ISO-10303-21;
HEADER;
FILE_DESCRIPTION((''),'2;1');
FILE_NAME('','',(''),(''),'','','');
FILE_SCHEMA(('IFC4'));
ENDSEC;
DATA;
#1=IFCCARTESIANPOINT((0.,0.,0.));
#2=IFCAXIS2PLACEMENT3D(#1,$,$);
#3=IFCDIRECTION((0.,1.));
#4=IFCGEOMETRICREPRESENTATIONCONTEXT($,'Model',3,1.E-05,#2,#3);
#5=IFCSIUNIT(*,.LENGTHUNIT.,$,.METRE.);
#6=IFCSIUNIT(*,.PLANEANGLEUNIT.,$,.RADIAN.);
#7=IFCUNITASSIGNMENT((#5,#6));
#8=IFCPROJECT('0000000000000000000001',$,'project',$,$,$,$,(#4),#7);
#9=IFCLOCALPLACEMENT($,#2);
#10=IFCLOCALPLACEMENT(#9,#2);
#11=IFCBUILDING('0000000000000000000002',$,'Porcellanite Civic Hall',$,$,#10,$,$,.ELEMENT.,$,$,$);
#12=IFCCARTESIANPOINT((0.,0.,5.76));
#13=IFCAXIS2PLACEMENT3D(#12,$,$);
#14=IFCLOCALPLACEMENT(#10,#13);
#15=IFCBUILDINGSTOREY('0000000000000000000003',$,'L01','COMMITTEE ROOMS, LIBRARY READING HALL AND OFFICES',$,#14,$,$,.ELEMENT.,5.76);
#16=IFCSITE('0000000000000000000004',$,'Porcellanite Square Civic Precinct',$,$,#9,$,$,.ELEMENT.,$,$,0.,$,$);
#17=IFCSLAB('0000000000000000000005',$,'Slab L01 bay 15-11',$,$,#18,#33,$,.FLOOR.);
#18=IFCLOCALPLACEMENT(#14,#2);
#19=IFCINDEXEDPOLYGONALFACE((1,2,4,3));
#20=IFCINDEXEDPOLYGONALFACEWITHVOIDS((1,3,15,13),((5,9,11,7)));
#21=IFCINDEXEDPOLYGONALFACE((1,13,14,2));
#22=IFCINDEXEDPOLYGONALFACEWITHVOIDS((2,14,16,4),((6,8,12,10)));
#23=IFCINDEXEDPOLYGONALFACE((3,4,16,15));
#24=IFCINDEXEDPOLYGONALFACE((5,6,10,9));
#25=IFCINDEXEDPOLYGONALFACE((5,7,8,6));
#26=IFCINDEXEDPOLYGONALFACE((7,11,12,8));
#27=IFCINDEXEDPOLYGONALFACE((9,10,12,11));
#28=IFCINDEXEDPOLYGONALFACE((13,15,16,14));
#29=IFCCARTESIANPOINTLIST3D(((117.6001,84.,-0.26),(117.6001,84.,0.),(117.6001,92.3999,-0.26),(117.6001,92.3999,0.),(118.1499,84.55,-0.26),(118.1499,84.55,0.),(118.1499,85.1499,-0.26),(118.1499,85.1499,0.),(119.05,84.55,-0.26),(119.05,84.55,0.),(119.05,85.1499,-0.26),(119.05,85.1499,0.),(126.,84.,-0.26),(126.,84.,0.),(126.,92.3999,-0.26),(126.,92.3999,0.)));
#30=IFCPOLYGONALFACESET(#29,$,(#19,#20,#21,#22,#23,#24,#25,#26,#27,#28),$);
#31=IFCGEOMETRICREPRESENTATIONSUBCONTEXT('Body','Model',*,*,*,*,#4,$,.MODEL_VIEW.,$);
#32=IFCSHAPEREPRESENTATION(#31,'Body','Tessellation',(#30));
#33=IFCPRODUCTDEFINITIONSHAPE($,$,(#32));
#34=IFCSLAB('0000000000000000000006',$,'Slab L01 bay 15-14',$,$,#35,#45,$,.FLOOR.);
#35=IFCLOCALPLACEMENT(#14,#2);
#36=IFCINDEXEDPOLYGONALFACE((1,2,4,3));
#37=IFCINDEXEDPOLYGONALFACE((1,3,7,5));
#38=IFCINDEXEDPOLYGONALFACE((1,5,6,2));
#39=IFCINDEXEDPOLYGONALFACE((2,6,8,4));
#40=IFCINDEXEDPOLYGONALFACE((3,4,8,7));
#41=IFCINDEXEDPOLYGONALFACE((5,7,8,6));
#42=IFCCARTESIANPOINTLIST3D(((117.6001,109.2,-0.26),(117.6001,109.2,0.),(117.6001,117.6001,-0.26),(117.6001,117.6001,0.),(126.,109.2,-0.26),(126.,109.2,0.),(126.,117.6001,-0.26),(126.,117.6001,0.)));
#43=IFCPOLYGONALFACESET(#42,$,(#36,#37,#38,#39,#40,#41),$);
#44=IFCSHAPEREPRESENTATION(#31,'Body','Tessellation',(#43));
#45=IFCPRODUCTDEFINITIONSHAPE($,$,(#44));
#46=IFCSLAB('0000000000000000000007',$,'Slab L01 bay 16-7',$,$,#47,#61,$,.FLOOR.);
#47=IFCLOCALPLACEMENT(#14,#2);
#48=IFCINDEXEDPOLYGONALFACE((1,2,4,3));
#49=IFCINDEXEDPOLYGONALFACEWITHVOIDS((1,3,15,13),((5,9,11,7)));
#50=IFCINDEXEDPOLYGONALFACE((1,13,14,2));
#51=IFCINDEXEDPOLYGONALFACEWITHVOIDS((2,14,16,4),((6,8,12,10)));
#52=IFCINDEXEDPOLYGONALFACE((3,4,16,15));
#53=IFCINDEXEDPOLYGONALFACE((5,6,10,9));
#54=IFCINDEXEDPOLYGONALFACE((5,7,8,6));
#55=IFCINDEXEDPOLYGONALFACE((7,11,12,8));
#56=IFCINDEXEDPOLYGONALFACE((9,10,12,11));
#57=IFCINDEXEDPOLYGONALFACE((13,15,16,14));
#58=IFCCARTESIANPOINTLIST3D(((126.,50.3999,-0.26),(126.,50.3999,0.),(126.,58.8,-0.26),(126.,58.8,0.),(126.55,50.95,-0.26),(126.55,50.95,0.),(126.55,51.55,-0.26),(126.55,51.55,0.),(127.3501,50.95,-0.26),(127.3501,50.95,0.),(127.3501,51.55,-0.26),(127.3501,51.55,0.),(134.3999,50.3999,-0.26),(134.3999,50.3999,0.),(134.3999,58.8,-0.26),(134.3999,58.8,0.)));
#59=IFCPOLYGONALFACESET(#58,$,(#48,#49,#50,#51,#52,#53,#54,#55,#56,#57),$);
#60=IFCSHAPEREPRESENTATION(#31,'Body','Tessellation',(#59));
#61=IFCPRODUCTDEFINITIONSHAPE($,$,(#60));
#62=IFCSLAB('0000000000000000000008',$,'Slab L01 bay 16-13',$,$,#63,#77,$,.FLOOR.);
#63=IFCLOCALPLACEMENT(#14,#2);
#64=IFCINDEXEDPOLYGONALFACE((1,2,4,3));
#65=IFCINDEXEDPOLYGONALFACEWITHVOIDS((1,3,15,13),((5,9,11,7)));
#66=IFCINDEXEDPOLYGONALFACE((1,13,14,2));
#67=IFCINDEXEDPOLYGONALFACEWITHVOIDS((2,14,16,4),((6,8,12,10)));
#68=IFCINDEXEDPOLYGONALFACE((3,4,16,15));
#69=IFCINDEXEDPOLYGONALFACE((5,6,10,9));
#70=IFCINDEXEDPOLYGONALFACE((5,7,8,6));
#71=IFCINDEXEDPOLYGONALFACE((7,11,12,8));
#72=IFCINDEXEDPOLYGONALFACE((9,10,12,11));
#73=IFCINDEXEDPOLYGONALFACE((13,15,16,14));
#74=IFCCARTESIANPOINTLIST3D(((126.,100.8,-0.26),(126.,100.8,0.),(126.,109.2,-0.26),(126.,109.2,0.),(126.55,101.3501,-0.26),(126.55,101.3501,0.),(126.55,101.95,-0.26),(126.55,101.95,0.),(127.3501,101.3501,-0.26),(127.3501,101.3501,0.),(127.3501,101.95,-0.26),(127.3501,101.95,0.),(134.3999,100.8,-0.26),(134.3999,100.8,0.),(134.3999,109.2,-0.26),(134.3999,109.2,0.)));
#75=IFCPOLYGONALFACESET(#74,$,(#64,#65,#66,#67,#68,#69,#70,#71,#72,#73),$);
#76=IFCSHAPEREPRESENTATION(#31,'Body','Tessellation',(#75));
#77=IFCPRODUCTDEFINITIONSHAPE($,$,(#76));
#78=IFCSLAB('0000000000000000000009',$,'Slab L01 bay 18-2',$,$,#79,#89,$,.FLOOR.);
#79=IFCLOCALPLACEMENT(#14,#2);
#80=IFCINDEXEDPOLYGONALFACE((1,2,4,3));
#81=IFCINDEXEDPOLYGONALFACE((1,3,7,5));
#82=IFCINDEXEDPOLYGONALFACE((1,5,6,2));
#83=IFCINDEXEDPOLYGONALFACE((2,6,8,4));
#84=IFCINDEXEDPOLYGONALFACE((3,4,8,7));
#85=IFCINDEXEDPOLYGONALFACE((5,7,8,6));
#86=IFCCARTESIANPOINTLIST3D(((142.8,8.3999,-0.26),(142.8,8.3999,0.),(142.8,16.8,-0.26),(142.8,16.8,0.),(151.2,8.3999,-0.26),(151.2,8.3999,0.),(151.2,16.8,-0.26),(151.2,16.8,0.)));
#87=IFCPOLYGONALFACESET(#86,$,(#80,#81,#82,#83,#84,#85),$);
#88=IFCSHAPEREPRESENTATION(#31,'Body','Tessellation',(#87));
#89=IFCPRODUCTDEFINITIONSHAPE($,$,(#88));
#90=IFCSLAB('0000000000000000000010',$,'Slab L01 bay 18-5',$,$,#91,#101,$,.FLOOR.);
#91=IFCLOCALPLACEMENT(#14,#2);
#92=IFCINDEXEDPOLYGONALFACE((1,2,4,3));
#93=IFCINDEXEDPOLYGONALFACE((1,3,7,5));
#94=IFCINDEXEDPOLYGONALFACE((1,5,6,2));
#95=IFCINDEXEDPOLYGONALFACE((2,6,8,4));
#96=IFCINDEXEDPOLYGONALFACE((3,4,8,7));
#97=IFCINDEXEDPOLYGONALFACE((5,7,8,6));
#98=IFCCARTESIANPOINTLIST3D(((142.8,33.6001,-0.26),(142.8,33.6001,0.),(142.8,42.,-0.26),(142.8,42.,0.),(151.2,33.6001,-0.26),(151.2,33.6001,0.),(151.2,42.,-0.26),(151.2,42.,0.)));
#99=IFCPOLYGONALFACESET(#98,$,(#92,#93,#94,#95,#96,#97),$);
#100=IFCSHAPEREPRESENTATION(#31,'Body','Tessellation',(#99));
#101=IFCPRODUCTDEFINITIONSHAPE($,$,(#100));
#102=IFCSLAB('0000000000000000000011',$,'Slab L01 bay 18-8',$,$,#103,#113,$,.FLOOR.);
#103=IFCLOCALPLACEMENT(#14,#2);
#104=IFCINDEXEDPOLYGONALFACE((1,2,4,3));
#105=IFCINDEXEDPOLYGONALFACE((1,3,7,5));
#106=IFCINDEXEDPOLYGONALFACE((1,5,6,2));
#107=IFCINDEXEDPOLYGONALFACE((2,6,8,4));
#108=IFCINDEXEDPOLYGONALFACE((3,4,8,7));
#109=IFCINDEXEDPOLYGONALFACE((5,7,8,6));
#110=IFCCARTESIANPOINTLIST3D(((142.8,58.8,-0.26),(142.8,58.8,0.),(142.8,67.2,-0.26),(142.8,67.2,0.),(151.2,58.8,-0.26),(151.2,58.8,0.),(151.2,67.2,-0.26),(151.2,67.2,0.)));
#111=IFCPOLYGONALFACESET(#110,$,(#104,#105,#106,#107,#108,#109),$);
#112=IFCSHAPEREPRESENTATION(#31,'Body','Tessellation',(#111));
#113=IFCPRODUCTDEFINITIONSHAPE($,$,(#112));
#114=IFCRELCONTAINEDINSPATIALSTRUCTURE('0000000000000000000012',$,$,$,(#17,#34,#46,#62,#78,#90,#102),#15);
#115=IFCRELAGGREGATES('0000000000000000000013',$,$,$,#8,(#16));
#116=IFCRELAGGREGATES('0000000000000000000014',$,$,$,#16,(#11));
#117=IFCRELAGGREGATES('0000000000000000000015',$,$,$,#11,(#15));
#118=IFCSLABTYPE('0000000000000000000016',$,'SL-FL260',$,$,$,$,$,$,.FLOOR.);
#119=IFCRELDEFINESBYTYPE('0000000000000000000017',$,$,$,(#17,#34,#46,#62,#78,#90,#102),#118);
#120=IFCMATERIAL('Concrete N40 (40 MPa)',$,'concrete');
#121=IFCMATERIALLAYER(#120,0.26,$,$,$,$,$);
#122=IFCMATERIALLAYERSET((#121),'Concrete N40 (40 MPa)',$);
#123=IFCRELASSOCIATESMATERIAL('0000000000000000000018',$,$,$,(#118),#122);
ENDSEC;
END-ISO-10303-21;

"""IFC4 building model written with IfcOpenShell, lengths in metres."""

from ifc_helpers import new_model, si_unit, direction, frame, origin, place, context, subcontext, project, spatial, polyline, outline, extrude, material, layer, layer_set, type_object, element, save


model = new_model("IFC4")

# Units and contexts
model_context = context("Model", 3, precision=1e-05, world=origin(), true_north=direction((0.0, 1.0)))
body_context = subcontext(model_context, "Body", "Model", "MODEL_VIEW")
ifc_project = project(units=[si_unit("LENGTHUNIT", "METRE"), si_unit("PLANEANGLEUNIT", "RADIAN")], contexts=[model_context])

# Site, building, storey
site_placement = place(None, origin())
site = spatial("IfcSite", under=ifc_project, at=site_placement, Name="Porcellanite Square Civic Precinct", CompositionType="ELEMENT", RefElevation=0.0)
building_placement = place(site_placement, origin())
building = spatial("IfcBuilding", under=site, at=building_placement, Name="Porcellanite Civic Hall", CompositionType="ELEMENT")
storey_placement = place(building_placement, frame((0.0, 0.0, 5.76)))
storey = spatial("IfcBuildingStorey", under=building, at=storey_placement, Name="L01", Description="COMMITTEE ROOMS, LIBRARY READING HALL AND OFFICES", CompositionType="ELEMENT", Elevation=5.76)

# Slabs
ifc_material = material(Name="Concrete N40 (40 MPa)", Category="concrete")
ifc_layer = layer(ifc_material, 0.26)
ifc_layer_set = layer_set([ifc_layer], Name="Concrete N40 (40 MPa)")
slab_type = type_object("IfcSlabType", Name="SL-FL260", PredefinedType="FLOOR", material=ifc_layer_set)
slab_1_placement = place(storey_placement, frame((0.0, 0.0, -0.26)))
element("IfcSlab", 1, at=slab_1_placement, inside=storey, type_object=slab_type, Name="Slab L01 bay 15-11", PredefinedType="FLOOR", context=body_context, shape_type="SweptSolid", body=[
    extrude(outline(polyline([(117.6001, 84.0), (126.0, 84.0), (126.0, 92.3999), (117.6001, 92.3999), (117.6001, 84.0)]), holes=[polyline([(118.1499, 84.55), (119.05, 84.55), (119.05, 85.1499), (118.1499, 85.1499), (118.1499, 84.55)])]), origin(), (0.0, 0.0, 1.0), 0.26),
])
slab_2_placement = place(storey_placement, frame((0.0, 0.0, -0.26)))
element("IfcSlab", 2, at=slab_2_placement, inside=storey, type_object=slab_type, Name="Slab L01 bay 15-14", PredefinedType="FLOOR", context=body_context, shape_type="SweptSolid", body=[
    extrude(outline(polyline([(117.6001, 109.2), (126.0, 109.2), (126.0, 117.6001), (117.6001, 117.6001), (117.6001, 109.2)])), origin(), (0.0, 0.0, 1.0), 0.26),
])
slab_3_placement = place(storey_placement, frame((0.0, 0.0, -0.26)))
element("IfcSlab", 3, at=slab_3_placement, inside=storey, type_object=slab_type, Name="Slab L01 bay 16-7", PredefinedType="FLOOR", context=body_context, shape_type="SweptSolid", body=[
    extrude(outline(polyline([(126.0, 50.3999), (134.3999, 50.3999), (134.3999, 58.8), (126.0, 58.8), (126.0, 50.3999)]), holes=[polyline([(126.55, 50.95), (127.3501, 50.95), (127.3501, 51.55), (126.55, 51.55), (126.55, 50.95)])]), origin(), (0.0, 0.0, 1.0), 0.26),
])
slab_4_placement = place(storey_placement, frame((0.0, 0.0, -0.26)))
element("IfcSlab", 4, at=slab_4_placement, inside=storey, type_object=slab_type, Name="Slab L01 bay 16-13", PredefinedType="FLOOR", context=body_context, shape_type="SweptSolid", body=[
    extrude(outline(polyline([(126.0, 100.8), (134.3999, 100.8), (134.3999, 109.2), (126.0, 109.2), (126.0, 100.8)]), holes=[polyline([(126.55, 101.3501), (127.3501, 101.3501), (127.3501, 101.95), (126.55, 101.95), (126.55, 101.3501)])]), origin(), (0.0, 0.0, 1.0), 0.26),
])
slab_5_placement = place(storey_placement, frame((0.0, 0.0, -0.26)))
element("IfcSlab", 5, at=slab_5_placement, inside=storey, type_object=slab_type, Name="Slab L01 bay 18-2", PredefinedType="FLOOR", context=body_context, shape_type="SweptSolid", body=[
    extrude(outline(polyline([(142.8, 8.3999), (151.2, 8.3999), (151.2, 16.8), (142.8, 16.8), (142.8, 8.3999)])), origin(), (0.0, 0.0, 1.0), 0.26),
])
slab_6_placement = place(storey_placement, frame((0.0, 0.0, -0.26)))
element("IfcSlab", 6, at=slab_6_placement, inside=storey, type_object=slab_type, Name="Slab L01 bay 18-5", PredefinedType="FLOOR", context=body_context, shape_type="SweptSolid", body=[
    extrude(outline(polyline([(142.8, 33.6001), (151.2, 33.6001), (151.2, 42.0), (142.8, 42.0), (142.8, 33.6001)])), origin(), (0.0, 0.0, 1.0), 0.26),
])
slab_7_placement = place(storey_placement, frame((0.0, 0.0, -0.26)))
element("IfcSlab", 7, at=slab_7_placement, inside=storey, type_object=slab_type, Name="Slab L01 bay 18-8", PredefinedType="FLOOR", context=body_context, shape_type="SweptSolid", body=[
    extrude(outline(polyline([(142.8, 58.8), (151.2, 58.8), (151.2, 67.2), (142.8, 67.2), (142.8, 58.8)])), origin(), (0.0, 0.0, 1.0), 0.26),
])

save(model, "model.ifc")
